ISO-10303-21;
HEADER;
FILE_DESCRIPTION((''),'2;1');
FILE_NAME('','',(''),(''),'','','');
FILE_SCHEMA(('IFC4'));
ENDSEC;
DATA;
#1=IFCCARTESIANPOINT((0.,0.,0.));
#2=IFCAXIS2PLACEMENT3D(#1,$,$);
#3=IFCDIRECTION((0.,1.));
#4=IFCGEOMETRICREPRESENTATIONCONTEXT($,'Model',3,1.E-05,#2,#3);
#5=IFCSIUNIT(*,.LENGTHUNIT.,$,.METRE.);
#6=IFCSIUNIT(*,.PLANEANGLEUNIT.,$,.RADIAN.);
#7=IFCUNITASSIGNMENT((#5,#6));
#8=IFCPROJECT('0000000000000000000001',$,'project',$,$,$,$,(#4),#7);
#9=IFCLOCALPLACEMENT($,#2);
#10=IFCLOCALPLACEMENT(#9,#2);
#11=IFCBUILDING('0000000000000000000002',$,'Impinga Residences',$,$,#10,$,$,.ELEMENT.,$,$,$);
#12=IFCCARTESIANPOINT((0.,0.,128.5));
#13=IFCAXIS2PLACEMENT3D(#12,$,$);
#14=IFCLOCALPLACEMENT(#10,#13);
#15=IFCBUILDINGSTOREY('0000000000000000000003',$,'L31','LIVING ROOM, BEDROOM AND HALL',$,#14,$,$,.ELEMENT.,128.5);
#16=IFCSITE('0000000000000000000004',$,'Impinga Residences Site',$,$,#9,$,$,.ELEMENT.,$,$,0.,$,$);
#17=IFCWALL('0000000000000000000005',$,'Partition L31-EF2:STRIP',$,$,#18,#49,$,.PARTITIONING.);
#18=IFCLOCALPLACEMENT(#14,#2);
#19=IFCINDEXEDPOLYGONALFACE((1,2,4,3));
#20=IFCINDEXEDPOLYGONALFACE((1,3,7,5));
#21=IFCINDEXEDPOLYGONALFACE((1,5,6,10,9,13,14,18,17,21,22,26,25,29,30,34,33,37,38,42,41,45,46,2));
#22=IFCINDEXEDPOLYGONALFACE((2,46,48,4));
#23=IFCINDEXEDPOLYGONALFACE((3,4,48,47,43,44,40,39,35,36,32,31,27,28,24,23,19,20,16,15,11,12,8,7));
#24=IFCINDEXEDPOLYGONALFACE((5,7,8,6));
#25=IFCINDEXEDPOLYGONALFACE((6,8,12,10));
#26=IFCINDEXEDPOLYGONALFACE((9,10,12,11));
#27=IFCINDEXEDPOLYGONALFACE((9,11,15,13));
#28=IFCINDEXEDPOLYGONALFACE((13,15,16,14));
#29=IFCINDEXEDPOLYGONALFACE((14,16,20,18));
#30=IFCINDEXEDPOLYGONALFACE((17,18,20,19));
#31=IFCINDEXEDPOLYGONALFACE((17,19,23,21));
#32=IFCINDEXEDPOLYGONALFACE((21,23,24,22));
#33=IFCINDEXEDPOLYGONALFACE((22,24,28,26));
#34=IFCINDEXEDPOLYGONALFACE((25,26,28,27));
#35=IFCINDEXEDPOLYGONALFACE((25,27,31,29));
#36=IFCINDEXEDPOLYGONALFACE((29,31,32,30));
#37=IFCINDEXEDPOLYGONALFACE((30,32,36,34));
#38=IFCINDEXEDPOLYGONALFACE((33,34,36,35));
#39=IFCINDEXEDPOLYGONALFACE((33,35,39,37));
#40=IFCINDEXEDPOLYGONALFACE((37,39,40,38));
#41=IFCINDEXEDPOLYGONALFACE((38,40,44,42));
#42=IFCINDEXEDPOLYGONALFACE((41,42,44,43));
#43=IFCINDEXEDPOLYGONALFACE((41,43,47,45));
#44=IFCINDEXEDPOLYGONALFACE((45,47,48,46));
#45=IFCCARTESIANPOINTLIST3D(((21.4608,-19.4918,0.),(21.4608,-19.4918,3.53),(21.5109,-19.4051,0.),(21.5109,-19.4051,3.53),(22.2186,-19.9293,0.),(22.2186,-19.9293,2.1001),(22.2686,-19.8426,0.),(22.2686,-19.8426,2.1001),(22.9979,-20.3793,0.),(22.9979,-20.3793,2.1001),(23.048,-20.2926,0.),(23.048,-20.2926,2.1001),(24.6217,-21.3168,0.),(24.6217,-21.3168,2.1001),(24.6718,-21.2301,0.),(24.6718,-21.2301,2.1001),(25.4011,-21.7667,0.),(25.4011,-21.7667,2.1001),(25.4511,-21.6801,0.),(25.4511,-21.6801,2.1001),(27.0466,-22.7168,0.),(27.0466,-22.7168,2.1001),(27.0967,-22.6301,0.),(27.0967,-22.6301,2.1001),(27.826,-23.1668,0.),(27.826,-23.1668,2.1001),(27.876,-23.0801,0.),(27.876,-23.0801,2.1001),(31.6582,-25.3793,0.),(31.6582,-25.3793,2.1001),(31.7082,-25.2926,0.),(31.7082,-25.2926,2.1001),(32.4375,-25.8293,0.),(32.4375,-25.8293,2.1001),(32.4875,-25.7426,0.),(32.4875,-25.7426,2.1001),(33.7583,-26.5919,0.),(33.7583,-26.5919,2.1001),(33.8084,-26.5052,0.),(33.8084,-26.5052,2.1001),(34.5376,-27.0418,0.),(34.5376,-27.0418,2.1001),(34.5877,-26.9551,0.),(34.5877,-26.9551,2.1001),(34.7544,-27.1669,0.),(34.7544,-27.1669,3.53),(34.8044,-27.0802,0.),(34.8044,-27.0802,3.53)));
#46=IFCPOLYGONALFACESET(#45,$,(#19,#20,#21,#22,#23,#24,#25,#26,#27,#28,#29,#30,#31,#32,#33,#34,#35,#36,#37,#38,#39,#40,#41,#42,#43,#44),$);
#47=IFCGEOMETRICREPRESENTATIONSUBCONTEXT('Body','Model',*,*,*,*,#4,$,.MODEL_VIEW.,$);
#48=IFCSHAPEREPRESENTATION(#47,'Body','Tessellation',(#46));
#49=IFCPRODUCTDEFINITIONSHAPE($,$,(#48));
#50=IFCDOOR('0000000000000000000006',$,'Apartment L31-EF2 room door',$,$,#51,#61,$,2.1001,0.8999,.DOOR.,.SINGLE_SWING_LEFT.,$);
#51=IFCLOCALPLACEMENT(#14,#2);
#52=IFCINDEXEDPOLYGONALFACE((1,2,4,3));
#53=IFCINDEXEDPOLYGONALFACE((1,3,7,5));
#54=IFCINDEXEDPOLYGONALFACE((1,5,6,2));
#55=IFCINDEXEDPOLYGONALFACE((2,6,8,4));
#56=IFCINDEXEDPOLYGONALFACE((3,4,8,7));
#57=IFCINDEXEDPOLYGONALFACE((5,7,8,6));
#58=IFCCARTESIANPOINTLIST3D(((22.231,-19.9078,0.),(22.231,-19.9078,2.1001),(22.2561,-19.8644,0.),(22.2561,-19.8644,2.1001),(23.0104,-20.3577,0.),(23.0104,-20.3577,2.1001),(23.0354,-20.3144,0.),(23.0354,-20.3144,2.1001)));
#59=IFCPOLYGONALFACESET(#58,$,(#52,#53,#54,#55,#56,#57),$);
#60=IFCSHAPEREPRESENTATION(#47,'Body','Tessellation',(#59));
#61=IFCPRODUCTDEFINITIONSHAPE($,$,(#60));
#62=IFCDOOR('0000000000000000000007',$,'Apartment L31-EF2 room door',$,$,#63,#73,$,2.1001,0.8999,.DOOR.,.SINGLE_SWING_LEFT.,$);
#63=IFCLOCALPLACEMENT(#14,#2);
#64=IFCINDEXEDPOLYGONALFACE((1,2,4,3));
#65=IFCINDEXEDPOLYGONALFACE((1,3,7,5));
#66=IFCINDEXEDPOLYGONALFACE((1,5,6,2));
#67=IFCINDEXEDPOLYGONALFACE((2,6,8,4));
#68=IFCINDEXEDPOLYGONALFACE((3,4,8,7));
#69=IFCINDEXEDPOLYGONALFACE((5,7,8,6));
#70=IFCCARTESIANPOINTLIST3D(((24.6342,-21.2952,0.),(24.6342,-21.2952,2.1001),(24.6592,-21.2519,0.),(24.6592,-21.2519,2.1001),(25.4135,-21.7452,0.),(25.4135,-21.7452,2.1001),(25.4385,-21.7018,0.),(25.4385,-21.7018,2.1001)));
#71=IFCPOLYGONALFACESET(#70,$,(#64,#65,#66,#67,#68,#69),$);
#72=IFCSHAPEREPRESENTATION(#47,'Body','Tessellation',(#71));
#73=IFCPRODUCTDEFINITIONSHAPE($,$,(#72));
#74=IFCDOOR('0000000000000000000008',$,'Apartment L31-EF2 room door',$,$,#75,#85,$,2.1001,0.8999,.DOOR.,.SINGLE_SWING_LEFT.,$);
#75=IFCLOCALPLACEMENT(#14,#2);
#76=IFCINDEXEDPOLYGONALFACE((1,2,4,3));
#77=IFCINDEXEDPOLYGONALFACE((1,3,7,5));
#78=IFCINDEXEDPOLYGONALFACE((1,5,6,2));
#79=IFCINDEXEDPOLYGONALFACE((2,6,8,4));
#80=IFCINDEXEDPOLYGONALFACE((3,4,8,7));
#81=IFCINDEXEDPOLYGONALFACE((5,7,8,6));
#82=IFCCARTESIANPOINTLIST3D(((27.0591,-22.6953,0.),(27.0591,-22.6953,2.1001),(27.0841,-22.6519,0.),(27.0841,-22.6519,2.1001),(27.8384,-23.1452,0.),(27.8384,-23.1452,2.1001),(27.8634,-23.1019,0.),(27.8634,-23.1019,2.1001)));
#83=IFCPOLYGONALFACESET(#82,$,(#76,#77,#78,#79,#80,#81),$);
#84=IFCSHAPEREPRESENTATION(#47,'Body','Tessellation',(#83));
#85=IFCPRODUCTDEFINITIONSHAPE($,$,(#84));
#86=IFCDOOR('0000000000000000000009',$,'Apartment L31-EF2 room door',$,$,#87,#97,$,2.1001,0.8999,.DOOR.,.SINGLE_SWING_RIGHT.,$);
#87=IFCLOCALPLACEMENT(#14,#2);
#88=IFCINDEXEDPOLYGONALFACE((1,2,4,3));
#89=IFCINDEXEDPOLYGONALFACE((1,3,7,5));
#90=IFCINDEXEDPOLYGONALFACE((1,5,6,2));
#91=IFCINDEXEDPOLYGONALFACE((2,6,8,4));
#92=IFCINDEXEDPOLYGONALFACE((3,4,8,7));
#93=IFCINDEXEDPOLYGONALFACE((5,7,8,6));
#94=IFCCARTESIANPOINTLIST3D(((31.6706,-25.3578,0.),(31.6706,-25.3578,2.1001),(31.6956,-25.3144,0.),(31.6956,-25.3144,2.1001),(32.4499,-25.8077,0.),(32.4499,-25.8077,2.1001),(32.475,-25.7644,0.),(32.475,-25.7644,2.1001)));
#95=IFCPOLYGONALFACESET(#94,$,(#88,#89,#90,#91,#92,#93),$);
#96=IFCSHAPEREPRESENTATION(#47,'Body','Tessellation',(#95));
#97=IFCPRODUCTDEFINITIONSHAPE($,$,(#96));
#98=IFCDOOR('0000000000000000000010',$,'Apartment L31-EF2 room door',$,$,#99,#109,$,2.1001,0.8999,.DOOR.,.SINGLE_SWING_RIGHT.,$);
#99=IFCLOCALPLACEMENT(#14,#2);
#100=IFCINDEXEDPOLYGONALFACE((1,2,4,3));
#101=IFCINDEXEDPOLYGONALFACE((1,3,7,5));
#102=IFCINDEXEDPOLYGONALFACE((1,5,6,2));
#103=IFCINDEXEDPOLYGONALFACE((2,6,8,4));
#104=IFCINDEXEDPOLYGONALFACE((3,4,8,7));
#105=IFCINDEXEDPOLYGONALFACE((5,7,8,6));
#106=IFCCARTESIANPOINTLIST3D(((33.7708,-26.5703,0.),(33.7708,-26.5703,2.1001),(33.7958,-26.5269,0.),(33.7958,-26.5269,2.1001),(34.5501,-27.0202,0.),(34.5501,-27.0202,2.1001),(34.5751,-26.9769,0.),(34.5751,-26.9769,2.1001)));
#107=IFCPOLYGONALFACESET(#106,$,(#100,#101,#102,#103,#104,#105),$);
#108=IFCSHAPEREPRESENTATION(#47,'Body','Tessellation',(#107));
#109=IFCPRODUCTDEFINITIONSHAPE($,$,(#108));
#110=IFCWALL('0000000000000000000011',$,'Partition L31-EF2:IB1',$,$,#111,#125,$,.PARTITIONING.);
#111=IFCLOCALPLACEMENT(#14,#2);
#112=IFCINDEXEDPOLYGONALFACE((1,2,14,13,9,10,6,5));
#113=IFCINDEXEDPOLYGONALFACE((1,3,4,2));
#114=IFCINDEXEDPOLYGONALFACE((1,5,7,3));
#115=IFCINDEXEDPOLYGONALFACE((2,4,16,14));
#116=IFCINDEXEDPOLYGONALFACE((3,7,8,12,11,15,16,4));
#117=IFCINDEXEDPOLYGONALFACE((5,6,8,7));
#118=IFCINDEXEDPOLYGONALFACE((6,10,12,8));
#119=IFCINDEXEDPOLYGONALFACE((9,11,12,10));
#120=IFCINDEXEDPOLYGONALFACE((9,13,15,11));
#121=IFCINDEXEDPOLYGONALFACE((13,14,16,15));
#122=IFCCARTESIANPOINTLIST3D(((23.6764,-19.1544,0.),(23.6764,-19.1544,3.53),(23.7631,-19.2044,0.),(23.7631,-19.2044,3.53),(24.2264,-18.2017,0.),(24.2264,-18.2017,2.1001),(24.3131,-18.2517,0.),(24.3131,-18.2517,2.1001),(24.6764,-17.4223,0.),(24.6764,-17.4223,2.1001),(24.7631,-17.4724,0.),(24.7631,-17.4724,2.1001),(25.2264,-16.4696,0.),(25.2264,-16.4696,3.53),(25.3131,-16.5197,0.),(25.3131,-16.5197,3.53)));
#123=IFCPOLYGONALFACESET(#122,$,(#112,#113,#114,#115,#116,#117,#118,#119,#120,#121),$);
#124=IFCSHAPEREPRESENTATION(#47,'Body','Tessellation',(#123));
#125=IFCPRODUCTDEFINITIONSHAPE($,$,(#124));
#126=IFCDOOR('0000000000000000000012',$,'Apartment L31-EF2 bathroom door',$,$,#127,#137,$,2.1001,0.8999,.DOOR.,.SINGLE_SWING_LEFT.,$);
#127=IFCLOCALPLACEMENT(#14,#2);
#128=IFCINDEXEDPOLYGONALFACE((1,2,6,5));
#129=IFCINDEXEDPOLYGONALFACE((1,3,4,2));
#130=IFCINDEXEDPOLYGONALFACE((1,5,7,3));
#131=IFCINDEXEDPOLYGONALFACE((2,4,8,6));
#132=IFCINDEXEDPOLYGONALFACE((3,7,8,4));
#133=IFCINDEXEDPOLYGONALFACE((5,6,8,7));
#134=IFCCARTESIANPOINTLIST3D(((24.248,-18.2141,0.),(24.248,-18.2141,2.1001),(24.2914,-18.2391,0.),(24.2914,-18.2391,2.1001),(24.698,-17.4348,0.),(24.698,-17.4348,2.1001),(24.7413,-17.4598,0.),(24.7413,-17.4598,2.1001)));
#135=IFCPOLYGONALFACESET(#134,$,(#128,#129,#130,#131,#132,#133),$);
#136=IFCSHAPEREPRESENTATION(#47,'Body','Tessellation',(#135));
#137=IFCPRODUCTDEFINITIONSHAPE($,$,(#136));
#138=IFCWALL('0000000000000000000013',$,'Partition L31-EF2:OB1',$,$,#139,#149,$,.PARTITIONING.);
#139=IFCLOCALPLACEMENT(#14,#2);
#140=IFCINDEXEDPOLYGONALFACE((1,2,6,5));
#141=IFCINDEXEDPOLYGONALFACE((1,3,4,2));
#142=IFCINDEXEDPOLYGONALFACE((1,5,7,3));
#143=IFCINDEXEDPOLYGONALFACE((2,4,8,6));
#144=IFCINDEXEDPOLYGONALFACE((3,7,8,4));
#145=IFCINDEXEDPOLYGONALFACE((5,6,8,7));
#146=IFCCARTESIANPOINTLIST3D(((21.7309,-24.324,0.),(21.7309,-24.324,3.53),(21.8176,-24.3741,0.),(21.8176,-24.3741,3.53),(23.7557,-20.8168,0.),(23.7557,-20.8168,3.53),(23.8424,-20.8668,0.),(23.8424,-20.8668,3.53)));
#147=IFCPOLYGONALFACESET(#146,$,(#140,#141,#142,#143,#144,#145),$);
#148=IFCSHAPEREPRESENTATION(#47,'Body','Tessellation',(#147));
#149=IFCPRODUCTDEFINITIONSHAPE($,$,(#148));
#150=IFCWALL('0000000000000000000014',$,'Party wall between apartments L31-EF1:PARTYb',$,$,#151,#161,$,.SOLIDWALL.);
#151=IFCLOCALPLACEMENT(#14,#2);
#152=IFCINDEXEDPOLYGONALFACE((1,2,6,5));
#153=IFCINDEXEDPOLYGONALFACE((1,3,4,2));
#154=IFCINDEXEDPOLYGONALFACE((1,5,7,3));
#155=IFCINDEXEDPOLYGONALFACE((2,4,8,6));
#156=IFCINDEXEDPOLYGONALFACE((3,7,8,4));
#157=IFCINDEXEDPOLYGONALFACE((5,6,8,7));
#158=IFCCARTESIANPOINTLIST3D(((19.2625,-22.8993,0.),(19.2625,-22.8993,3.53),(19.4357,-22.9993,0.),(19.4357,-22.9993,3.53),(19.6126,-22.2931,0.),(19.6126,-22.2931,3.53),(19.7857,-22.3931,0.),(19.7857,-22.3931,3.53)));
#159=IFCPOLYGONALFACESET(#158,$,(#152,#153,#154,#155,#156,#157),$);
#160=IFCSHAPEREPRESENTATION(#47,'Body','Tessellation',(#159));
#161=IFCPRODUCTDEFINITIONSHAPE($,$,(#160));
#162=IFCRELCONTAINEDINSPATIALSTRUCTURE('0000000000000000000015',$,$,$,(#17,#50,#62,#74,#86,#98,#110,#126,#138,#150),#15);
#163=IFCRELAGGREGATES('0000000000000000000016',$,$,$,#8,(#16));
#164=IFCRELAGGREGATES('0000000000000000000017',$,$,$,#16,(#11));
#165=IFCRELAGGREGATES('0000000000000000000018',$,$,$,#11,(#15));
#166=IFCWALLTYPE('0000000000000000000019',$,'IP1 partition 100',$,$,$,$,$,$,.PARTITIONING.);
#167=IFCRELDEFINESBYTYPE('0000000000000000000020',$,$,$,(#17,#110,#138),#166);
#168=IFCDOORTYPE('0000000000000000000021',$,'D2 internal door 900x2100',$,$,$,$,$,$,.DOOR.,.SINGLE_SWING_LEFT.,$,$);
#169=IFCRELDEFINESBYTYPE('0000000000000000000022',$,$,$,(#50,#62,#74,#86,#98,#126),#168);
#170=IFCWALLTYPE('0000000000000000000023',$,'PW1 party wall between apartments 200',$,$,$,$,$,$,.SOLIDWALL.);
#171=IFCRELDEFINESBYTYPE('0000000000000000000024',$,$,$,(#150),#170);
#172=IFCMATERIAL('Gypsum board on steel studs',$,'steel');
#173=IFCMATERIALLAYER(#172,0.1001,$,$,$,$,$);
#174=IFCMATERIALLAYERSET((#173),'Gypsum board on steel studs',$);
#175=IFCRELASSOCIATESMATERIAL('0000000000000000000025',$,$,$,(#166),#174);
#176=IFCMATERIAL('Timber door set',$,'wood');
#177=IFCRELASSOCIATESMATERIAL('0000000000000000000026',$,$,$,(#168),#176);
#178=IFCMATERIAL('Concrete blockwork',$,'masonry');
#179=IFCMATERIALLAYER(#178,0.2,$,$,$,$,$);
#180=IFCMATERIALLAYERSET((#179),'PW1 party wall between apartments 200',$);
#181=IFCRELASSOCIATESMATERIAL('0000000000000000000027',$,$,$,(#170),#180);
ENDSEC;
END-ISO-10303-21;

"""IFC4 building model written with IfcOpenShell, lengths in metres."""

from ifc_helpers import new_model, si_unit, direction, frame, frame_2d, origin, place, context, subcontext, project, spatial, rectangle, extrude, material, layer, layer_set, type_object, element, fill, save


model = new_model("IFC4")

# Units and contexts
model_context = context("Model", 3, precision=1e-05, world=origin(), true_north=direction((0.0, 1.0)))
body_context = subcontext(model_context, "Body", "Model", "MODEL_VIEW")
ifc_project = project(units=[si_unit("LENGTHUNIT", "METRE"), si_unit("PLANEANGLEUNIT", "RADIAN")], contexts=[model_context])

# Site, building, storey
site_placement = place(None, origin())
site = spatial("IfcSite", under=ifc_project, at=site_placement, Name="Impinga Residences Site", CompositionType="ELEMENT", RefElevation=0.0)
building_placement = place(site_placement, origin())
building = spatial("IfcBuilding", under=site, at=building_placement, Name="Impinga Residences", CompositionType="ELEMENT")
storey_placement = place(building_placement, frame((0.0, 0.0, 128.5)))
storey = spatial("IfcBuildingStorey", under=building, at=storey_placement, Name="L31", Description="LIVING ROOM, BEDROOM AND HALL", CompositionType="ELEMENT", Elevation=128.5)

# Shared definitions
ifc_material_1 = material(Name="Gypsum board on steel studs", Category="steel")
ifc_layer_1 = layer(ifc_material_1, 0.1001)
ifc_layer_set_1 = layer_set([ifc_layer_1], Name="Gypsum board on steel studs")
wall_type_1 = type_object("IfcWallType", Name="IP1 partition 100", PredefinedType="PARTITIONING", material=ifc_layer_set_1)

# Wall, openings, doors
wall_1_placement = place(storey_placement, frame((21.4858, -19.4485, 0.0), z_axis=(0.0, 0.0, 1.0), x_axis=(0.866023, -0.500003, 0.0)))
wall_1 = element("IfcWall", 1, at=wall_1_placement, inside=storey, type_object=wall_type_1, Name="Partition L31-EF2:STRIP", PredefinedType="PARTITIONING", context=body_context, shape_type="SweptSolid", body=[
    extrude(rectangle(XDim=15.3501, YDim=0.1001, at=frame_2d((7.675, 0.0))), origin(), (0.0, 0.0, 1.0), 3.53),
])
opening_1_placement = place(wall_1_placement, frame((0.875, 0.0, 0.0)))
opening_1 = element("IfcOpeningElement", 2, at=opening_1_placement, cuts=wall_1, PredefinedType="OPENING", context=body_context, shape_type="SweptSolid", body=[
    extrude(rectangle(XDim=0.8999, YDim=2.1001, at=frame_2d((0.45, 1.05))), frame((0.0, 0.0601, 0.0), z_axis=(0.0, -1.0, 0.0), x_axis=(1.0, 0.0, 0.0)), (0.0, 0.0, 1.0), 0.1201),
])
opening_2_placement = place(wall_1_placement, frame((3.6499, 0.0, 0.0)))
opening_2 = element("IfcOpeningElement", 3, at=opening_2_placement, cuts=wall_1, PredefinedType="OPENING", context=body_context, shape_type="SweptSolid", body=[
    extrude(rectangle(XDim=0.8999, YDim=2.1001, at=frame_2d((0.45, 1.05))), frame((0.0, 0.0601, 0.0), z_axis=(0.0, -1.0, 0.0), x_axis=(1.0, 0.0, 0.0)), (0.0, 0.0, 1.0), 0.1201),
])
opening_3_placement = place(wall_1_placement, frame((6.45, 0.0, 0.0)))
opening_3 = element("IfcOpeningElement", 4, at=opening_3_placement, cuts=wall_1, PredefinedType="OPENING", context=body_context, shape_type="SweptSolid", body=[
    extrude(rectangle(XDim=0.8999, YDim=2.1001, at=frame_2d((0.45, 1.05))), frame((0.0, 0.0601, 0.0), z_axis=(0.0, -1.0, 0.0), x_axis=(1.0, 0.0, 0.0)), (0.0, 0.0, 1.0), 0.1201),
])
opening_4_placement = place(wall_1_placement, frame((11.7749, 0.0, 0.0)))
opening_4 = element("IfcOpeningElement", 5, at=opening_4_placement, cuts=wall_1, PredefinedType="OPENING", context=body_context, shape_type="SweptSolid", body=[
    extrude(rectangle(XDim=0.8999, YDim=2.1001, at=frame_2d((0.45, 1.05))), frame((0.0, 0.0601, 0.0), z_axis=(0.0, -1.0, 0.0), x_axis=(1.0, 0.0, 0.0)), (0.0, 0.0, 1.0), 0.1201),
])
opening_5_placement = place(wall_1_placement, frame((14.2, 0.0, 0.0)))
opening_5 = element("IfcOpeningElement", 6, at=opening_5_placement, cuts=wall_1, PredefinedType="OPENING", context=body_context, shape_type="SweptSolid", body=[
    extrude(rectangle(XDim=0.8999, YDim=2.1001, at=frame_2d((0.45, 1.05))), frame((0.0, 0.0601, 0.0), z_axis=(0.0, -1.0, 0.0), x_axis=(1.0, 0.0, 0.0)), (0.0, 0.0, 1.0), 0.1201),
])
ifc_material_2 = material(Name="Timber door set", Category="wood")
door_type = type_object("IfcDoorType", Name="D2 internal door 900x2100", OperationType="SINGLE_SWING_LEFT", PredefinedType="DOOR", material=ifc_material_2)
door_1_placement = place(opening_1_placement, origin())
door_1 = element("IfcDoor", 7, at=door_1_placement, inside=storey, type_object=door_type, Name="Apartment L31-EF2 room door", OperationType="SINGLE_SWING_LEFT", OverallHeight=2.1001, OverallWidth=0.8999, PredefinedType="DOOR", context=body_context, shape_type="SweptSolid", body=[
    extrude(rectangle(XDim=0.8999, YDim=2.1001, at=frame_2d((0.45, 1.05))), frame((0.0, 0.0249, 0.0), z_axis=(0.0, -1.0, 0.0), x_axis=(1.0, 0.0, 0.0)), (0.0, 0.0, 1.0), 0.05),
])
fill(opening_1, door_1)
door_2_placement = place(opening_2_placement, origin())
door_2 = element("IfcDoor", 8, at=door_2_placement, inside=storey, type_object=door_type, Name="Apartment L31-EF2 room door", OperationType="SINGLE_SWING_LEFT", OverallHeight=2.1001, OverallWidth=0.8999, PredefinedType="DOOR", context=body_context, shape_type="SweptSolid", body=[
    extrude(rectangle(XDim=0.8999, YDim=2.1001, at=frame_2d((0.45, 1.05))), frame((0.0, 0.0249, 0.0), z_axis=(0.0, -1.0, 0.0), x_axis=(1.0, 0.0, 0.0)), (0.0, 0.0, 1.0), 0.05),
])
fill(opening_2, door_2)
door_3_placement = place(opening_3_placement, origin())
door_3 = element("IfcDoor", 9, at=door_3_placement, inside=storey, type_object=door_type, Name="Apartment L31-EF2 room door", OperationType="SINGLE_SWING_LEFT", OverallHeight=2.1001, OverallWidth=0.8999, PredefinedType="DOOR", context=body_context, shape_type="SweptSolid", body=[
    extrude(rectangle(XDim=0.8999, YDim=2.1001, at=frame_2d((0.45, 1.05))), frame((0.0, 0.0249, 0.0), z_axis=(0.0, -1.0, 0.0), x_axis=(1.0, 0.0, 0.0)), (0.0, 0.0, 1.0), 0.05),
])
fill(opening_3, door_3)
door_4_placement = place(opening_4_placement, origin())
door_4 = element("IfcDoor", 10, at=door_4_placement, inside=storey, type_object=door_type, Name="Apartment L31-EF2 room door", OperationType="SINGLE_SWING_RIGHT", OverallHeight=2.1001, OverallWidth=0.8999, PredefinedType="DOOR", context=body_context, shape_type="SweptSolid", body=[
    extrude(rectangle(XDim=0.8999, YDim=2.1001, at=frame_2d((0.45, 1.05))), frame((0.0, 0.0249, 0.0), z_axis=(0.0, -1.0, 0.0), x_axis=(1.0, 0.0, 0.0)), (0.0, 0.0, 1.0), 0.05),
])
fill(opening_4, door_4)
door_5_placement = place(opening_5_placement, origin())
door_5 = element("IfcDoor", 11, at=door_5_placement, inside=storey, type_object=door_type, Name="Apartment L31-EF2 room door", OperationType="SINGLE_SWING_RIGHT", OverallHeight=2.1001, OverallWidth=0.8999, PredefinedType="DOOR", context=body_context, shape_type="SweptSolid", body=[
    extrude(rectangle(XDim=0.8999, YDim=2.1001, at=frame_2d((0.45, 1.05))), frame((0.0, 0.0249, 0.0), z_axis=(0.0, -1.0, 0.0), x_axis=(1.0, 0.0, 0.0)), (0.0, 0.0, 1.0), 0.05),
])
fill(opening_5, door_5)

# Wall, opening, door
wall_2_placement = place(storey_placement, frame((25.2698, -16.4946, 0.0), z_axis=(0.0, 0.0, 1.0), x_axis=(-0.499993, -0.86603, 0.0)))
wall_2 = element("IfcWall", 12, at=wall_2_placement, inside=storey, type_object=wall_type_1, Name="Partition L31-EF2:IB1", PredefinedType="PARTITIONING", context=body_context, shape_type="SweptSolid", body=[
    extrude(rectangle(XDim=3.1001, YDim=0.1001, at=frame_2d((1.55, 0.0))), origin(), (0.0, 0.0, 1.0), 3.53),
])
opening_6_placement = place(wall_2_placement, frame((1.1001, 0.0, 0.0)))
opening_6 = element("IfcOpeningElement", 13, at=opening_6_placement, cuts=wall_2, PredefinedType="OPENING", context=body_context, shape_type="SweptSolid", body=[
    extrude(rectangle(XDim=0.8999, YDim=2.1001, at=frame_2d((0.45, 1.05))), frame((0.0, 0.0601, 0.0), z_axis=(0.0, -1.0, 0.0), x_axis=(1.0, 0.0, 0.0)), (0.0, 0.0, 1.0), 0.1201),
])
door_6_placement = place(opening_6_placement, origin())
door_6 = element("IfcDoor", 14, at=door_6_placement, inside=storey, type_object=door_type, Name="Apartment L31-EF2 bathroom door", OperationType="SINGLE_SWING_LEFT", OverallHeight=2.1001, OverallWidth=0.8999, PredefinedType="DOOR", context=body_context, shape_type="SweptSolid", body=[
    extrude(rectangle(XDim=0.8999, YDim=2.1001, at=frame_2d((0.45, 1.05))), frame((0.0, 0.0249, 0.0), z_axis=(0.0, -1.0, 0.0), x_axis=(1.0, 0.0, 0.0)), (0.0, 0.0, 1.0), 0.05),
])
fill(opening_6, door_6)

# Walls
wall_3_placement = place(storey_placement, frame((23.7991, -20.8418, 0.0), z_axis=(0.0, 0.0, 1.0), x_axis=(-0.49999, -0.866031, 0.0)))
element("IfcWall", 15, at=wall_3_placement, inside=storey, type_object=wall_type_1, Name="Partition L31-EF2:OB1", PredefinedType="PARTITIONING", context=body_context, shape_type="SweptSolid", body=[
    extrude(rectangle(XDim=4.0498, YDim=0.1001, at=frame_2d((2.0249, 0.0))), origin(), (0.0, 0.0, 1.0), 3.53),
])
ifc_material_3 = material(Name="Concrete blockwork", Category="masonry")
ifc_layer_2 = layer(ifc_material_3, 0.2)
ifc_layer_set_2 = layer_set([ifc_layer_2], Name="PW1 party wall between apartments 200")
wall_type_2 = type_object("IfcWallType", Name="PW1 party wall between apartments 200", PredefinedType="SOLIDWALL", material=ifc_layer_set_2)
wall_4_placement = place(storey_placement, frame((19.6992, -22.343, 0.0), z_axis=(0.0, 0.0, 1.0), x_axis=(-0.500115, -0.865959, 0.0)))
element("IfcWall", 16, at=wall_4_placement, inside=storey, type_object=wall_type_2, Name="Party wall between apartments L31-EF1:PARTYb", PredefinedType="SOLIDWALL", context=body_context, shape_type="SweptSolid", body=[
    extrude(rectangle(XDim=0.7, YDim=0.2, at=frame_2d((0.3501, 0.0))), origin(), (0.0, 0.0, 1.0), 3.53),
])

save(model, "model.ifc")
